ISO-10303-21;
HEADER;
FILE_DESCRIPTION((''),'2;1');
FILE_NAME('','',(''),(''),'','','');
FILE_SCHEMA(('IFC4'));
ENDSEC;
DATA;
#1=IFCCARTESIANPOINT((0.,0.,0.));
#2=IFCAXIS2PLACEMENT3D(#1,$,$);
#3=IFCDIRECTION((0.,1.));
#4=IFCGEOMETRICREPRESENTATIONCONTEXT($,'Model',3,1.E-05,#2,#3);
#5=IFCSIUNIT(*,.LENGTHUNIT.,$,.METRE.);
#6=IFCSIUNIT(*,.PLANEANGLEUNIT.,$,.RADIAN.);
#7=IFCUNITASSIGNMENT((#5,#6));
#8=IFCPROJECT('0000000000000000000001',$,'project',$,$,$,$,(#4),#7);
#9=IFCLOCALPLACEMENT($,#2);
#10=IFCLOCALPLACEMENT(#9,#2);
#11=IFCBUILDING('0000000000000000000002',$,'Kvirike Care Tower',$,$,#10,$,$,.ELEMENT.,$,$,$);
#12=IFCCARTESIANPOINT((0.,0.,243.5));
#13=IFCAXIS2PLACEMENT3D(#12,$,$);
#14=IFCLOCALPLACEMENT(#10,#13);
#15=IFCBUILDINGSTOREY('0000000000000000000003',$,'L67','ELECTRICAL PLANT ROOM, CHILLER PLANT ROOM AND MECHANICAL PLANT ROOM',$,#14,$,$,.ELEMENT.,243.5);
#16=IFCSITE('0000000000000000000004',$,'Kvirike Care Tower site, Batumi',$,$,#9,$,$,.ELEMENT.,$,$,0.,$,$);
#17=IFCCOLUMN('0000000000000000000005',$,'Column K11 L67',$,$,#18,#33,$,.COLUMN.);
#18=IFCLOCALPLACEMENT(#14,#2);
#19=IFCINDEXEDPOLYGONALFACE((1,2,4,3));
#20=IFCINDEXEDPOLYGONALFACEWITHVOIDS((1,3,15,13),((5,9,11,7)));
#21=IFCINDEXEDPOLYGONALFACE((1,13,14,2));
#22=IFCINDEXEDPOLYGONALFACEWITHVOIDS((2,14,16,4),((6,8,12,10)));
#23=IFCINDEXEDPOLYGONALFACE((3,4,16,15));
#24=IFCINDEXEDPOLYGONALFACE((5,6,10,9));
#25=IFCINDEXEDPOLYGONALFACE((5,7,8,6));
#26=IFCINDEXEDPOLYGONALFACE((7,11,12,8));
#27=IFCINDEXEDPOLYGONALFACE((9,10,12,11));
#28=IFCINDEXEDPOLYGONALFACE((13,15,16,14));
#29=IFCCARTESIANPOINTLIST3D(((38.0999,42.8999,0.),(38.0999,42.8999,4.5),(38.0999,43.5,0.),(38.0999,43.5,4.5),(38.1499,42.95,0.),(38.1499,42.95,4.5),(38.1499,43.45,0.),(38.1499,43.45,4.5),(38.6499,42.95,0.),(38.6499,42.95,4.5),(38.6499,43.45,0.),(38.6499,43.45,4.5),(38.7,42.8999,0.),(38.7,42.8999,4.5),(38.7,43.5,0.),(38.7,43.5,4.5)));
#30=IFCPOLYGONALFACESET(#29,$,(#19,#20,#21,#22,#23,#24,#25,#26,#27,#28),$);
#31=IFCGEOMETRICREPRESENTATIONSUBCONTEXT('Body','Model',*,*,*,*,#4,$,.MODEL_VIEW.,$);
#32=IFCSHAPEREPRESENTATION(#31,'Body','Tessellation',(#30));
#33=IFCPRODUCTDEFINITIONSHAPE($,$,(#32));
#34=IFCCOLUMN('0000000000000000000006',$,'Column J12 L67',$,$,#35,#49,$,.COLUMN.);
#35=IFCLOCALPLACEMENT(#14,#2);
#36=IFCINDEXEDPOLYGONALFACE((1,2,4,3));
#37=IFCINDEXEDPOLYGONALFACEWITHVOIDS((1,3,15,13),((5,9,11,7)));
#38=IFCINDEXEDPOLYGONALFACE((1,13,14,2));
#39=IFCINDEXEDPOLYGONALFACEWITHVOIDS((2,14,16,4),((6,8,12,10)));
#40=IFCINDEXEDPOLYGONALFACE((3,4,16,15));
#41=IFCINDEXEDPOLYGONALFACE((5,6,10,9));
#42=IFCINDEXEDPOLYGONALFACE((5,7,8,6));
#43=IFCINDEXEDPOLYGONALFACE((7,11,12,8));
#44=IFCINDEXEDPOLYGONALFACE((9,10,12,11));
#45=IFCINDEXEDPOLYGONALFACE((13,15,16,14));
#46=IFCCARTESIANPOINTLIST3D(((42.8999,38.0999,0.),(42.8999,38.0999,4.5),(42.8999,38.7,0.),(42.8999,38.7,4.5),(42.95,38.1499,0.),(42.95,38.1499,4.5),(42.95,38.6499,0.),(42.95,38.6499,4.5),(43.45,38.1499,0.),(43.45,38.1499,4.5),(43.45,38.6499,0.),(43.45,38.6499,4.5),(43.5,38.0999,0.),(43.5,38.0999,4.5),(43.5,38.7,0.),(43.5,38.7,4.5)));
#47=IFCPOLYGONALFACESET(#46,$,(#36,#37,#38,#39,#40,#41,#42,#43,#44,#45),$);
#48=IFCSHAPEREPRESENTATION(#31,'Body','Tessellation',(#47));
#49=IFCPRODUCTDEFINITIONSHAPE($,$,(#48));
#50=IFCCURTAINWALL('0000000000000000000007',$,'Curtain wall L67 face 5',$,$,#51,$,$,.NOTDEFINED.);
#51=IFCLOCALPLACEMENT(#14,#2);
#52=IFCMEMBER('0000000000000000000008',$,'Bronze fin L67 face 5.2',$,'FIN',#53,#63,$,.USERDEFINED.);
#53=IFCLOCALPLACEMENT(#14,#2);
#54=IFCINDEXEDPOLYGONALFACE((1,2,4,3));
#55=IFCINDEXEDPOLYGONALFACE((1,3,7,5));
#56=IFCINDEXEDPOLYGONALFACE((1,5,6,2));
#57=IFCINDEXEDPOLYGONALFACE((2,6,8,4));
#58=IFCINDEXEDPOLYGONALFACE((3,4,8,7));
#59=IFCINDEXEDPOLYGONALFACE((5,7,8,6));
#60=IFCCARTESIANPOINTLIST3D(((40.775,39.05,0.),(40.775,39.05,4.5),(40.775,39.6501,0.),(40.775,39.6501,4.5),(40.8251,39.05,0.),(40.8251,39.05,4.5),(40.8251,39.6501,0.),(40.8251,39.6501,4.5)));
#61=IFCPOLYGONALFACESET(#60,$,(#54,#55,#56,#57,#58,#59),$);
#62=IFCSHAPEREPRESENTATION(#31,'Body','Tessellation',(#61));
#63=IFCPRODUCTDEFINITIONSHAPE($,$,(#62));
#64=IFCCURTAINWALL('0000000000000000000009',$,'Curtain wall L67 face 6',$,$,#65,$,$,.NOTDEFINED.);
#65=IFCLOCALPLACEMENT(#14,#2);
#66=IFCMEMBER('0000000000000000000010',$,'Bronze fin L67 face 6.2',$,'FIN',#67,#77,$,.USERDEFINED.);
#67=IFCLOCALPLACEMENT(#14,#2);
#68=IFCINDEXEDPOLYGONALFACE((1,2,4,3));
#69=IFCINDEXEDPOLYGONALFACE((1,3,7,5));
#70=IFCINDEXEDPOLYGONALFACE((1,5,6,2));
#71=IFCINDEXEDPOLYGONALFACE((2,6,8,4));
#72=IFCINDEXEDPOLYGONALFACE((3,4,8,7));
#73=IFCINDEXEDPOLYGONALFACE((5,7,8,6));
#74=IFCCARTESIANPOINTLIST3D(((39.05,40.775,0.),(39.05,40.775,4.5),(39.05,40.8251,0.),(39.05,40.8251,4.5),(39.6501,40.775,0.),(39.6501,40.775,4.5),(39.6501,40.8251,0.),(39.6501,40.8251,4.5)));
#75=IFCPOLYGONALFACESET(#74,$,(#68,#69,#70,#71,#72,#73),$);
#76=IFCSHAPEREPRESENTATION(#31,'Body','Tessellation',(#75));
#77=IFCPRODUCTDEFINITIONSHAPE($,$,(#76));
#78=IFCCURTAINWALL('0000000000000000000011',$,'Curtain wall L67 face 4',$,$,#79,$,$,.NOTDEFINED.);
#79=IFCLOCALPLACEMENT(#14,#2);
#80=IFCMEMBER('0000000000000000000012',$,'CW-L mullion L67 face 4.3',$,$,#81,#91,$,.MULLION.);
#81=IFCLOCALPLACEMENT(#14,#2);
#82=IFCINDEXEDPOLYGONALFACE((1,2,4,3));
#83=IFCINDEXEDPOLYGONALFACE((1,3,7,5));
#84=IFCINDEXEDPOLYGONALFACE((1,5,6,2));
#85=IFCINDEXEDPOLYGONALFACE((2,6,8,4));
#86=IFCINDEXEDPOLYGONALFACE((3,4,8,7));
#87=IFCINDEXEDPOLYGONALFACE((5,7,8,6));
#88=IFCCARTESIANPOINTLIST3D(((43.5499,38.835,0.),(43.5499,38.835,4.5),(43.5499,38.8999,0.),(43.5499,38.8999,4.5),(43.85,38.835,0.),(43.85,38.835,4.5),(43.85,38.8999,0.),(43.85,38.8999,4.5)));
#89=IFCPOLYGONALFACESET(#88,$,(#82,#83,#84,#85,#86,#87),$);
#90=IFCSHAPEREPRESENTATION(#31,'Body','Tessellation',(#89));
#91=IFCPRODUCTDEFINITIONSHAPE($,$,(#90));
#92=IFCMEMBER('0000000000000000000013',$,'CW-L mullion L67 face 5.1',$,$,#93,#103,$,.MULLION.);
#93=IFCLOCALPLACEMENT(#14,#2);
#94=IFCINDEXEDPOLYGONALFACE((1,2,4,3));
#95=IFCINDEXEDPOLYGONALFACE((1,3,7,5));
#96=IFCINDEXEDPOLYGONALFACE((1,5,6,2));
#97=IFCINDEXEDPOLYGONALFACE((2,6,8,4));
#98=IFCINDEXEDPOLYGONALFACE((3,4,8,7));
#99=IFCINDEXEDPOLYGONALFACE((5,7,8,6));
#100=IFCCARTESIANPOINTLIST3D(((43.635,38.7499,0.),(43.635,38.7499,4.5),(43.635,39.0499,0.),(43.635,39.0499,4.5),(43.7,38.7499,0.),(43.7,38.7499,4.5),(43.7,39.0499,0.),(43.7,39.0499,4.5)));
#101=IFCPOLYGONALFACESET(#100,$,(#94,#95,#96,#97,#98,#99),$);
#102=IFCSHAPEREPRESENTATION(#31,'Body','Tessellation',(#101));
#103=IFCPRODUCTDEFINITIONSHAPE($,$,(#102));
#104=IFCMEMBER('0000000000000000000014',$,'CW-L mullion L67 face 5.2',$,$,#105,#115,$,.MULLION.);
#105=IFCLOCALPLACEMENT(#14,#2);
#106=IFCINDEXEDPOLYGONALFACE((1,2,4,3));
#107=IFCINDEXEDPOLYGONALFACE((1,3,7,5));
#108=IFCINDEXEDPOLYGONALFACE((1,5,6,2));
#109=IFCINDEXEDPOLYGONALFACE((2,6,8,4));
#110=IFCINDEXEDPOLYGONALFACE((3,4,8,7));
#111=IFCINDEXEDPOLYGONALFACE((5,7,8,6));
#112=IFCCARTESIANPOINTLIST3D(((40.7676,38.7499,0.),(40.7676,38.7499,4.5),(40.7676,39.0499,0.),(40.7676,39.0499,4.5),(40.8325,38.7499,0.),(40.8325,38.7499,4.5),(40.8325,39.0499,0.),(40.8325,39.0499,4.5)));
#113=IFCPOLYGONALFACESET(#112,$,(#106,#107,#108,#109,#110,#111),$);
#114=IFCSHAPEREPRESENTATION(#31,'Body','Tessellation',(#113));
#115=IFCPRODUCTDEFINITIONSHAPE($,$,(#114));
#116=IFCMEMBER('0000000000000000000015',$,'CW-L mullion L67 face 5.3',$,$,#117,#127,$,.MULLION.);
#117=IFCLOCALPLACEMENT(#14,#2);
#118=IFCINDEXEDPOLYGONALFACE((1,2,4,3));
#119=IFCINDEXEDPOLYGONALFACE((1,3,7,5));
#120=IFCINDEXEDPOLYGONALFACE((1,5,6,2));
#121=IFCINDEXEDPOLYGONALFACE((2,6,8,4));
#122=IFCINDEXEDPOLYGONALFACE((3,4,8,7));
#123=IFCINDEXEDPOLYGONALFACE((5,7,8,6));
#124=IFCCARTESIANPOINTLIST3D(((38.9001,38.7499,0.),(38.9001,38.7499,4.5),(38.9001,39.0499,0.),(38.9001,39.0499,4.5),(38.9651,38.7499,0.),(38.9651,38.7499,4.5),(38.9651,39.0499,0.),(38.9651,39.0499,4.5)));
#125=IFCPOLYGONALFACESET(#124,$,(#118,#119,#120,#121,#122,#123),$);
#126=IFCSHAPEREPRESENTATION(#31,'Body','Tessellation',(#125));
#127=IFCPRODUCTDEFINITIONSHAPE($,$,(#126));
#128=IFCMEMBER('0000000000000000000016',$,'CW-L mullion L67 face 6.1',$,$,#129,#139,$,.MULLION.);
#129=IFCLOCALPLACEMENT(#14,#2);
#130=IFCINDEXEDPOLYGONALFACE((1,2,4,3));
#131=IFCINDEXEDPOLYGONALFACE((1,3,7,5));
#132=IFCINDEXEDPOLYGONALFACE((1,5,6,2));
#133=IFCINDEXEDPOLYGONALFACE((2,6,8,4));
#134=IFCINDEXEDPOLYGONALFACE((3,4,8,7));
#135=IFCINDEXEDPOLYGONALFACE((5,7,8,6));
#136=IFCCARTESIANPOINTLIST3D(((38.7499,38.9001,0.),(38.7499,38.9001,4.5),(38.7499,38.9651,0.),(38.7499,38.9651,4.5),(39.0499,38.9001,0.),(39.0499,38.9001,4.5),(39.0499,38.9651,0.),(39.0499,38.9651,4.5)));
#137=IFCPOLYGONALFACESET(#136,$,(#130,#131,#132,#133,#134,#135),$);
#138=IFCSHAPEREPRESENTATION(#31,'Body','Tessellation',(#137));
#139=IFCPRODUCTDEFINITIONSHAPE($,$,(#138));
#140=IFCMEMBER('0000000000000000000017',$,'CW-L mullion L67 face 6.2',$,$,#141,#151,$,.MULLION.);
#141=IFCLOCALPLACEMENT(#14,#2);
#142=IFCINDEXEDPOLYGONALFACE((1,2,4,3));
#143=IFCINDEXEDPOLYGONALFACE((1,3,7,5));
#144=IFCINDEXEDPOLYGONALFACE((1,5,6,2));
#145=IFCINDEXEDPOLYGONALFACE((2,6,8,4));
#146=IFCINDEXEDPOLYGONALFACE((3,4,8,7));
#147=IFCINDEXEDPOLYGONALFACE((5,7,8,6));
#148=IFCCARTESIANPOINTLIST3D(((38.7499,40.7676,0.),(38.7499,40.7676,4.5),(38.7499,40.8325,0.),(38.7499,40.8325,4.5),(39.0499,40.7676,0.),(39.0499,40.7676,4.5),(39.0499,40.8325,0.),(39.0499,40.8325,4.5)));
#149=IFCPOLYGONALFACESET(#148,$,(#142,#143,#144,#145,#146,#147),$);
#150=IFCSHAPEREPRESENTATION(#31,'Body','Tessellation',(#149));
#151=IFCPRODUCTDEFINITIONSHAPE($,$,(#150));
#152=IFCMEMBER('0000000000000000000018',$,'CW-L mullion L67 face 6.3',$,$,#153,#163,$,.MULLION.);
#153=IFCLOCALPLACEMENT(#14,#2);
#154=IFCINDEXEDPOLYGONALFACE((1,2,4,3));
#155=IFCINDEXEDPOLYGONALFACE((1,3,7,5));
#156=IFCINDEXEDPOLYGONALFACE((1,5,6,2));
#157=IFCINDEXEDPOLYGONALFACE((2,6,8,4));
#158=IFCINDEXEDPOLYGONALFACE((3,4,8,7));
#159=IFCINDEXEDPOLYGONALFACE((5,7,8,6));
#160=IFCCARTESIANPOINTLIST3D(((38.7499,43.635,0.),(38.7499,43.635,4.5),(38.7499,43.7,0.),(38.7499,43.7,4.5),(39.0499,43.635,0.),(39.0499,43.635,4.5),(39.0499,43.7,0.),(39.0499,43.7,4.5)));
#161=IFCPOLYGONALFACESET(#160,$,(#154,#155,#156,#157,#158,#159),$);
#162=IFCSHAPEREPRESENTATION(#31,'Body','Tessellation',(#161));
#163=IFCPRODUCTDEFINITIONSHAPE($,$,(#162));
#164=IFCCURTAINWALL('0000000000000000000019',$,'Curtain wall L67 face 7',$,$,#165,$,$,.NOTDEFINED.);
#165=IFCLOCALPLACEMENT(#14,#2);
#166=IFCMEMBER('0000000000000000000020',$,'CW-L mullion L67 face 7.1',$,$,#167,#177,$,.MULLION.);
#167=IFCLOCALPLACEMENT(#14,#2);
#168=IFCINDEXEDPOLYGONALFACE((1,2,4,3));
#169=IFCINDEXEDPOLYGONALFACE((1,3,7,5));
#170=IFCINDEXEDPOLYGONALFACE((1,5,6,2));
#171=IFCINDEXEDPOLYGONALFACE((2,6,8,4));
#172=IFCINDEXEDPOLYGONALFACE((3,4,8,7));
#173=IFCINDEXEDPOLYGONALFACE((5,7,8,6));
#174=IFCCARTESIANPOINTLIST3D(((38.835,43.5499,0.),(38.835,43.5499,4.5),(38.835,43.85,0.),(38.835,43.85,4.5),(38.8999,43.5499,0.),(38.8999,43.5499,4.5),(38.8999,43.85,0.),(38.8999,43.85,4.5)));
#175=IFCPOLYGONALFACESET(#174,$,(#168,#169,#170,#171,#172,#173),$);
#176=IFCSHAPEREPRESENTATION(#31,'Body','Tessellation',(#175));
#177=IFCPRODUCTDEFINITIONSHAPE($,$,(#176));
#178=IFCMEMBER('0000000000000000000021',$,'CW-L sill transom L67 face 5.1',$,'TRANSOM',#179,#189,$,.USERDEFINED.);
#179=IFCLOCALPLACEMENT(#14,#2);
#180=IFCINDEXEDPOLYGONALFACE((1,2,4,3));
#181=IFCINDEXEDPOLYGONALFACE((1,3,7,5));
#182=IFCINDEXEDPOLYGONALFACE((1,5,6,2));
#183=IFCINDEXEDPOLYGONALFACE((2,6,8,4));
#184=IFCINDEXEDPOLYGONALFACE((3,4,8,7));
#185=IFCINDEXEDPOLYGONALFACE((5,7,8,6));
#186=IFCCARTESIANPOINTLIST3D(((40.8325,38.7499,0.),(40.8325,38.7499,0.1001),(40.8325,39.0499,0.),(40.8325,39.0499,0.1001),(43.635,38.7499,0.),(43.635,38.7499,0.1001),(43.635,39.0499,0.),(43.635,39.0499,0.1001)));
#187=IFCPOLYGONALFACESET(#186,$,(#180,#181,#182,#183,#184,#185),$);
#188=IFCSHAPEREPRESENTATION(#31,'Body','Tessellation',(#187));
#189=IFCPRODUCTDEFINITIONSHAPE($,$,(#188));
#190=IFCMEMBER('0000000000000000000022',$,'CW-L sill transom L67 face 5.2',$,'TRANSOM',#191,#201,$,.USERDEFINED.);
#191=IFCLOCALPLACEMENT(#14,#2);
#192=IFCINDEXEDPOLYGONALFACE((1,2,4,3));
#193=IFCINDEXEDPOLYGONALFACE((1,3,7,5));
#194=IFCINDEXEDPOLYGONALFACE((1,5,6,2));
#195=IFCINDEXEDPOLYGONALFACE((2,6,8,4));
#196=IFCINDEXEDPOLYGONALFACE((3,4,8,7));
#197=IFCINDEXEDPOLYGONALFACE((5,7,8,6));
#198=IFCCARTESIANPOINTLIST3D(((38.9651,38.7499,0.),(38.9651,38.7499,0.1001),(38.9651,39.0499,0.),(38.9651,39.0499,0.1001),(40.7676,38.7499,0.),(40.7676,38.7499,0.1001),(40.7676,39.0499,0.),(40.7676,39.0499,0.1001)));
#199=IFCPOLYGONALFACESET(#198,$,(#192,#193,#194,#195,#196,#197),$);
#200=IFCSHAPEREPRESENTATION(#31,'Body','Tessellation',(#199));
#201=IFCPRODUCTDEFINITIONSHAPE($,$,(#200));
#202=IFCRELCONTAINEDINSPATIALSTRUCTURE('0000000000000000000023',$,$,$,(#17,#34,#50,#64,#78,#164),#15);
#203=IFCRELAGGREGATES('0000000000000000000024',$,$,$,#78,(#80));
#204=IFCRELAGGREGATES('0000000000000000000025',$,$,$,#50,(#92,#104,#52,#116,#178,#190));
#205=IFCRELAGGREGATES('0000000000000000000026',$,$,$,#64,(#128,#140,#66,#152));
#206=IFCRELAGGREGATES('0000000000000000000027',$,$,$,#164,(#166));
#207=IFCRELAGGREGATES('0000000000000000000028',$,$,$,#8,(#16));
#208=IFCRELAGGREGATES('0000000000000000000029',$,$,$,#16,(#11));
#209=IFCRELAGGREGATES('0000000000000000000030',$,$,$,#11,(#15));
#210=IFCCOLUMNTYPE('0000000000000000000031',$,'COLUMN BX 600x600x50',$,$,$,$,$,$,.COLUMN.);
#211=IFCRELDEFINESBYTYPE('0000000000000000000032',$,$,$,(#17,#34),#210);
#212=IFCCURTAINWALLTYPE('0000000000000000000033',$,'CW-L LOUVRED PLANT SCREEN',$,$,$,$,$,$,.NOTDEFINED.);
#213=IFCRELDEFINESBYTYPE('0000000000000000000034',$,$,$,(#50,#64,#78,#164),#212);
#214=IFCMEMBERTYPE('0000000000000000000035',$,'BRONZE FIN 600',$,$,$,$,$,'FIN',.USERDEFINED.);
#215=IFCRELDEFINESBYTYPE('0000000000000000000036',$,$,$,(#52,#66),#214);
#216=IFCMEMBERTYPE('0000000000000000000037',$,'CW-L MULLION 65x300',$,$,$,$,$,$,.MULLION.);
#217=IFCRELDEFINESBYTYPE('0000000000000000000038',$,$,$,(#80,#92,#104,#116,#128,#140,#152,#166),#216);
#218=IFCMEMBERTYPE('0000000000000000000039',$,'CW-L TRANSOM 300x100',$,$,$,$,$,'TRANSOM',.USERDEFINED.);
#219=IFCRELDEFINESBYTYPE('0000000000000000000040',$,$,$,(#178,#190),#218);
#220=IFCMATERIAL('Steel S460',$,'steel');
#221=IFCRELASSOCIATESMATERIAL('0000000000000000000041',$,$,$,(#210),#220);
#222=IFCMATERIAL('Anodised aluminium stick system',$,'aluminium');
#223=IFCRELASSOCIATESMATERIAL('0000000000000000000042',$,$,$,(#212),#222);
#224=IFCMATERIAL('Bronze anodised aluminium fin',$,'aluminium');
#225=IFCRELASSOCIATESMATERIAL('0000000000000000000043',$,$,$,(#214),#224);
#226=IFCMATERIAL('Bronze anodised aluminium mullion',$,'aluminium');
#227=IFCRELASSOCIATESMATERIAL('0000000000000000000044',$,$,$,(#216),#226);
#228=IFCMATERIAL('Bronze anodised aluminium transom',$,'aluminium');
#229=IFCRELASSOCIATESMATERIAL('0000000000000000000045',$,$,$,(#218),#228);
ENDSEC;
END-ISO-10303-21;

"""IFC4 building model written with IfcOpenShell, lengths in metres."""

from ifc_helpers import new_model, si_unit, direction, frame, origin, origin_2d, place, context, subcontext, project, spatial, rectangle, hollow_rectangle, extrude, material, material_profile, profile_set, type_object, element, aggregate, save


model = new_model("IFC4")

# Units and contexts
model_context = context("Model", 3, precision=1e-05, world=origin(), true_north=direction((0.0, 1.0)))
body_context = subcontext(model_context, "Body", "Model", "MODEL_VIEW")
ifc_project = project(units=[si_unit("LENGTHUNIT", "METRE"), si_unit("PLANEANGLEUNIT", "RADIAN")], contexts=[model_context])

# Site, building, storey
site_placement = place(None, origin())
site = spatial("IfcSite", under=ifc_project, at=site_placement, Name="Kvirike Care Tower site, Batumi", CompositionType="ELEMENT", RefElevation=0.0)
building_placement = place(site_placement, origin())
building = spatial("IfcBuilding", under=site, at=building_placement, Name="Kvirike Care Tower", CompositionType="ELEMENT")
storey_placement = place(building_placement, frame((0.0, 0.0, 243.5)))
storey = spatial("IfcBuildingStorey", under=building, at=storey_placement, Name="L67", Description="ELECTRICAL PLANT ROOM, CHILLER PLANT ROOM AND MECHANICAL PLANT ROOM", CompositionType="ELEMENT", Elevation=243.5)

# Columns
ifc_material_1 = material(Name="Steel S460", Category="steel")
ifc_material_profile_1 = material_profile(ifc_material_1, hollow_rectangle(XDim=0.6001, YDim=0.6001, WallThickness=0.05, at=origin_2d()), Name="BX 600x600x50")
ifc_profile_set_1 = profile_set([ifc_material_profile_1], Name="Steel S460")
column_type = type_object("IfcColumnType", Name="COLUMN BX 600x600x50", PredefinedType="COLUMN", material=ifc_profile_set_1)
for number, where, z_axis, x_axis, name in (
    (1, (38.3999, 43.2, 0.0), (0.0, 0.0, 1.0), (0.0, 1.0, 0.0), "Column K11 L67"),
    (2, (43.2, 38.3999, 0.0), (0.0, 0.0, 1.0), (0.0, 1.0, 0.0), "Column J12 L67"),
):
    element("IfcColumn", number, at=place(storey_placement, frame(where, z_axis=z_axis, x_axis=x_axis)), inside=storey, type_object=column_type, Name=name, PredefinedType="COLUMN", context=body_context, shape_type="SweptSolid", body=[
        extrude(hollow_rectangle(XDim=0.6001, YDim=0.6001, WallThickness=0.05, at=origin_2d()), origin(), (0.0, 0.0, 1.0), 4.5),
    ])

# Curtain walls, members
ifc_material_2 = material(Name="Anodised aluminium stick system", Category="aluminium")
curtain_wall_type = type_object("IfcCurtainWallType", Name="CW-L LOUVRED PLANT SCREEN", PredefinedType="NOTDEFINED", material=ifc_material_2)
curtain_wall_1_placement = place(storey_placement, origin())
curtain_wall_1 = element("IfcCurtainWall", 3, at=curtain_wall_1_placement, inside=storey, type_object=curtain_wall_type, Name="Curtain wall L67 face 5", PredefinedType="NOTDEFINED")
ifc_material_3 = material(Name="Bronze anodised aluminium fin", Category="aluminium")
ifc_material_profile_2 = material_profile(ifc_material_3, rectangle(XDim=0.05, YDim=0.6001, at=origin_2d()), Name="BRONZE FIN 600")
ifc_profile_set_2 = profile_set([ifc_material_profile_2], Name="Bronze anodised aluminium fin")
member_type_1 = type_object("IfcMemberType", Name="BRONZE FIN 600", ElementType="FIN", PredefinedType="USERDEFINED", material=ifc_profile_set_2)
member_1_placement = place(storey_placement, frame((40.8, 39.3501, 0.0), z_axis=(0.0, 0.0, 1.0), x_axis=(-1.0, 0.0, 0.0)))
member_1 = element("IfcMember", 4, at=member_1_placement, type_object=member_type_1, Name="Bronze fin L67 face 5.2", ObjectType="FIN", PredefinedType="USERDEFINED", context=body_context, shape_type="SweptSolid", body=[
    extrude(rectangle(XDim=0.05, YDim=0.6001, at=origin_2d()), origin(), (0.0, 0.0, 1.0), 4.5),
])
curtain_wall_2_placement = place(storey_placement, origin())
curtain_wall_2 = element("IfcCurtainWall", 5, at=curtain_wall_2_placement, inside=storey, type_object=curtain_wall_type, Name="Curtain wall L67 face 6", PredefinedType="NOTDEFINED")
member_2_placement = place(storey_placement, frame((39.3501, 40.8, 0.0), z_axis=(0.0, 0.0, 1.0), x_axis=(0.0, 1.0, 0.0)))
member_2 = element("IfcMember", 6, at=member_2_placement, type_object=member_type_1, Name="Bronze fin L67 face 6.2", ObjectType="FIN", PredefinedType="USERDEFINED", context=body_context, shape_type="SweptSolid", body=[
    extrude(rectangle(XDim=0.05, YDim=0.6001, at=origin_2d()), origin(), (0.0, 0.0, 1.0), 4.5),
])
curtain_wall_3_placement = place(storey_placement, origin())
curtain_wall_3 = element("IfcCurtainWall", 7, at=curtain_wall_3_placement, inside=storey, type_object=curtain_wall_type, Name="Curtain wall L67 face 4", PredefinedType="NOTDEFINED")
ifc_material_4 = material(Name="Bronze anodised aluminium mullion", Category="aluminium")
ifc_material_profile_3 = material_profile(ifc_material_4, rectangle(XDim=0.0649, YDim=0.3, at=origin_2d()), Name="CW-L MULLION 65x300")
ifc_profile_set_3 = profile_set([ifc_material_profile_3], Name="Bronze anodised aluminium mullion")
member_type_2 = type_object("IfcMemberType", Name="CW-L MULLION 65x300", PredefinedType="MULLION", material=ifc_profile_set_3)
member_3_placement = place(storey_placement, frame((43.7, 38.8674, 0.0), z_axis=(0.0, 0.0, 1.0), x_axis=(0.0, 1.0, 0.0)))
member_3 = element("IfcMember", 8, at=member_3_placement, type_object=member_type_2, Name="CW-L mullion L67 face 4.3", PredefinedType="MULLION", context=body_context, shape_type="SweptSolid", body=[
    extrude(rectangle(XDim=0.0649, YDim=0.3, at=origin_2d()), origin(), (0.0, 0.0, 1.0), 4.5),
])
aggregate(curtain_wall_3, [member_3])

# Members
member_4_placement = place(storey_placement, frame((43.6675, 38.8999, 0.0), z_axis=(0.0, 0.0, 1.0), x_axis=(-1.0, 0.0, 0.0)))
member_4 = element("IfcMember", 9, at=member_4_placement, type_object=member_type_2, Name="CW-L mullion L67 face 5.1", PredefinedType="MULLION", context=body_context, shape_type="SweptSolid", body=[
    extrude(rectangle(XDim=0.0649, YDim=0.3, at=origin_2d()), origin(), (0.0, 0.0, 1.0), 4.5),
])
member_5_placement = place(storey_placement, frame((40.8, 38.8999, 0.0), z_axis=(0.0, 0.0, 1.0), x_axis=(-1.0, 0.0, 0.0)))
member_5 = element("IfcMember", 10, at=member_5_placement, type_object=member_type_2, Name="CW-L mullion L67 face 5.2", PredefinedType="MULLION", context=body_context, shape_type="SweptSolid", body=[
    extrude(rectangle(XDim=0.0649, YDim=0.3, at=origin_2d()), origin(), (0.0, 0.0, 1.0), 4.5),
])
member_6_placement = place(storey_placement, frame((38.9326, 38.8999, 0.0), z_axis=(0.0, 0.0, 1.0), x_axis=(-1.0, 0.0, 0.0)))
member_6 = element("IfcMember", 11, at=member_6_placement, type_object=member_type_2, Name="CW-L mullion L67 face 5.3", PredefinedType="MULLION", context=body_context, shape_type="SweptSolid", body=[
    extrude(rectangle(XDim=0.0649, YDim=0.3, at=origin_2d()), origin(), (0.0, 0.0, 1.0), 4.5),
])
member_7_placement = place(storey_placement, frame((38.8999, 38.9326, 0.0), z_axis=(0.0, 0.0, 1.0), x_axis=(0.0, 1.0, 0.0)))
member_7 = element("IfcMember", 12, at=member_7_placement, type_object=member_type_2, Name="CW-L mullion L67 face 6.1", PredefinedType="MULLION", context=body_context, shape_type="SweptSolid", body=[
    extrude(rectangle(XDim=0.0649, YDim=0.3, at=origin_2d()), origin(), (0.0, 0.0, 1.0), 4.5),
])
member_8_placement = place(storey_placement, frame((38.8999, 40.8, 0.0), z_axis=(0.0, 0.0, 1.0), x_axis=(0.0, 1.0, 0.0)))
member_8 = element("IfcMember", 13, at=member_8_placement, type_object=member_type_2, Name="CW-L mullion L67 face 6.2", PredefinedType="MULLION", context=body_context, shape_type="SweptSolid", body=[
    extrude(rectangle(XDim=0.0649, YDim=0.3, at=origin_2d()), origin(), (0.0, 0.0, 1.0), 4.5),
])
member_9_placement = place(storey_placement, frame((38.8999, 43.6675, 0.0), z_axis=(0.0, 0.0, 1.0), x_axis=(0.0, 1.0, 0.0)))
member_9 = element("IfcMember", 14, at=member_9_placement, type_object=member_type_2, Name="CW-L mullion L67 face 6.3", PredefinedType="MULLION", context=body_context, shape_type="SweptSolid", body=[
    extrude(rectangle(XDim=0.0649, YDim=0.3, at=origin_2d()), origin(), (0.0, 0.0, 1.0), 4.5),
])

# Curtain wall, member
curtain_wall_4_placement = place(storey_placement, origin())
curtain_wall_4 = element("IfcCurtainWall", 15, at=curtain_wall_4_placement, inside=storey, type_object=curtain_wall_type, Name="Curtain wall L67 face 7", PredefinedType="NOTDEFINED")
member_10_placement = place(storey_placement, frame((38.8674, 43.7, 0.0), z_axis=(0.0, 0.0, 1.0), x_axis=(-1.0, 0.0, 0.0)))
member_10 = element("IfcMember", 16, at=member_10_placement, type_object=member_type_2, Name="CW-L mullion L67 face 7.1", PredefinedType="MULLION", context=body_context, shape_type="SweptSolid", body=[
    extrude(rectangle(XDim=0.0649, YDim=0.3, at=origin_2d()), origin(), (0.0, 0.0, 1.0), 4.5),
])

# Members
ifc_material_5 = material(Name="Bronze anodised aluminium transom", Category="aluminium")
ifc_material_profile_4 = material_profile(ifc_material_5, rectangle(XDim=0.3, YDim=0.1001, at=origin_2d()), Name="CW-L TRANSOM 300x100")
ifc_profile_set_4 = profile_set([ifc_material_profile_4], Name="Bronze anodised aluminium transom")
member_type_3 = type_object("IfcMemberType", Name="CW-L TRANSOM 300x100", ElementType="TRANSOM", PredefinedType="USERDEFINED", material=ifc_profile_set_4)
member_11_placement = place(storey_placement, frame((43.635, 38.8999, 0.05), z_axis=(-1.0, 0.0, 0.0), x_axis=(0.0, -1.0, 0.0)))
member_11 = element("IfcMember", 17, at=member_11_placement, type_object=member_type_3, Name="CW-L sill transom L67 face 5.1", ObjectType="TRANSOM", PredefinedType="USERDEFINED", context=body_context, shape_type="SweptSolid", body=[
    extrude(rectangle(XDim=0.3, YDim=0.1001, at=origin_2d()), origin(), (0.0, 0.0, 1.0), 2.8025),
])
member_12_placement = place(storey_placement, frame((40.7676, 38.8999, 0.05), z_axis=(-1.0, 0.0, 0.0), x_axis=(0.0, -1.0, 0.0)))
member_12 = element("IfcMember", 18, at=member_12_placement, type_object=member_type_3, Name="CW-L sill transom L67 face 5.2", ObjectType="TRANSOM", PredefinedType="USERDEFINED", context=body_context, shape_type="SweptSolid", body=[
    extrude(rectangle(XDim=0.3, YDim=0.1001, at=origin_2d()), origin(), (0.0, 0.0, 1.0), 1.8025),
])

aggregate(curtain_wall_1, [member_4, member_5, member_1, member_6, member_11, member_12])
aggregate(curtain_wall_2, [member_7, member_8, member_2, member_9])
aggregate(curtain_wall_4, [member_10])

save(model, "model.ifc")
